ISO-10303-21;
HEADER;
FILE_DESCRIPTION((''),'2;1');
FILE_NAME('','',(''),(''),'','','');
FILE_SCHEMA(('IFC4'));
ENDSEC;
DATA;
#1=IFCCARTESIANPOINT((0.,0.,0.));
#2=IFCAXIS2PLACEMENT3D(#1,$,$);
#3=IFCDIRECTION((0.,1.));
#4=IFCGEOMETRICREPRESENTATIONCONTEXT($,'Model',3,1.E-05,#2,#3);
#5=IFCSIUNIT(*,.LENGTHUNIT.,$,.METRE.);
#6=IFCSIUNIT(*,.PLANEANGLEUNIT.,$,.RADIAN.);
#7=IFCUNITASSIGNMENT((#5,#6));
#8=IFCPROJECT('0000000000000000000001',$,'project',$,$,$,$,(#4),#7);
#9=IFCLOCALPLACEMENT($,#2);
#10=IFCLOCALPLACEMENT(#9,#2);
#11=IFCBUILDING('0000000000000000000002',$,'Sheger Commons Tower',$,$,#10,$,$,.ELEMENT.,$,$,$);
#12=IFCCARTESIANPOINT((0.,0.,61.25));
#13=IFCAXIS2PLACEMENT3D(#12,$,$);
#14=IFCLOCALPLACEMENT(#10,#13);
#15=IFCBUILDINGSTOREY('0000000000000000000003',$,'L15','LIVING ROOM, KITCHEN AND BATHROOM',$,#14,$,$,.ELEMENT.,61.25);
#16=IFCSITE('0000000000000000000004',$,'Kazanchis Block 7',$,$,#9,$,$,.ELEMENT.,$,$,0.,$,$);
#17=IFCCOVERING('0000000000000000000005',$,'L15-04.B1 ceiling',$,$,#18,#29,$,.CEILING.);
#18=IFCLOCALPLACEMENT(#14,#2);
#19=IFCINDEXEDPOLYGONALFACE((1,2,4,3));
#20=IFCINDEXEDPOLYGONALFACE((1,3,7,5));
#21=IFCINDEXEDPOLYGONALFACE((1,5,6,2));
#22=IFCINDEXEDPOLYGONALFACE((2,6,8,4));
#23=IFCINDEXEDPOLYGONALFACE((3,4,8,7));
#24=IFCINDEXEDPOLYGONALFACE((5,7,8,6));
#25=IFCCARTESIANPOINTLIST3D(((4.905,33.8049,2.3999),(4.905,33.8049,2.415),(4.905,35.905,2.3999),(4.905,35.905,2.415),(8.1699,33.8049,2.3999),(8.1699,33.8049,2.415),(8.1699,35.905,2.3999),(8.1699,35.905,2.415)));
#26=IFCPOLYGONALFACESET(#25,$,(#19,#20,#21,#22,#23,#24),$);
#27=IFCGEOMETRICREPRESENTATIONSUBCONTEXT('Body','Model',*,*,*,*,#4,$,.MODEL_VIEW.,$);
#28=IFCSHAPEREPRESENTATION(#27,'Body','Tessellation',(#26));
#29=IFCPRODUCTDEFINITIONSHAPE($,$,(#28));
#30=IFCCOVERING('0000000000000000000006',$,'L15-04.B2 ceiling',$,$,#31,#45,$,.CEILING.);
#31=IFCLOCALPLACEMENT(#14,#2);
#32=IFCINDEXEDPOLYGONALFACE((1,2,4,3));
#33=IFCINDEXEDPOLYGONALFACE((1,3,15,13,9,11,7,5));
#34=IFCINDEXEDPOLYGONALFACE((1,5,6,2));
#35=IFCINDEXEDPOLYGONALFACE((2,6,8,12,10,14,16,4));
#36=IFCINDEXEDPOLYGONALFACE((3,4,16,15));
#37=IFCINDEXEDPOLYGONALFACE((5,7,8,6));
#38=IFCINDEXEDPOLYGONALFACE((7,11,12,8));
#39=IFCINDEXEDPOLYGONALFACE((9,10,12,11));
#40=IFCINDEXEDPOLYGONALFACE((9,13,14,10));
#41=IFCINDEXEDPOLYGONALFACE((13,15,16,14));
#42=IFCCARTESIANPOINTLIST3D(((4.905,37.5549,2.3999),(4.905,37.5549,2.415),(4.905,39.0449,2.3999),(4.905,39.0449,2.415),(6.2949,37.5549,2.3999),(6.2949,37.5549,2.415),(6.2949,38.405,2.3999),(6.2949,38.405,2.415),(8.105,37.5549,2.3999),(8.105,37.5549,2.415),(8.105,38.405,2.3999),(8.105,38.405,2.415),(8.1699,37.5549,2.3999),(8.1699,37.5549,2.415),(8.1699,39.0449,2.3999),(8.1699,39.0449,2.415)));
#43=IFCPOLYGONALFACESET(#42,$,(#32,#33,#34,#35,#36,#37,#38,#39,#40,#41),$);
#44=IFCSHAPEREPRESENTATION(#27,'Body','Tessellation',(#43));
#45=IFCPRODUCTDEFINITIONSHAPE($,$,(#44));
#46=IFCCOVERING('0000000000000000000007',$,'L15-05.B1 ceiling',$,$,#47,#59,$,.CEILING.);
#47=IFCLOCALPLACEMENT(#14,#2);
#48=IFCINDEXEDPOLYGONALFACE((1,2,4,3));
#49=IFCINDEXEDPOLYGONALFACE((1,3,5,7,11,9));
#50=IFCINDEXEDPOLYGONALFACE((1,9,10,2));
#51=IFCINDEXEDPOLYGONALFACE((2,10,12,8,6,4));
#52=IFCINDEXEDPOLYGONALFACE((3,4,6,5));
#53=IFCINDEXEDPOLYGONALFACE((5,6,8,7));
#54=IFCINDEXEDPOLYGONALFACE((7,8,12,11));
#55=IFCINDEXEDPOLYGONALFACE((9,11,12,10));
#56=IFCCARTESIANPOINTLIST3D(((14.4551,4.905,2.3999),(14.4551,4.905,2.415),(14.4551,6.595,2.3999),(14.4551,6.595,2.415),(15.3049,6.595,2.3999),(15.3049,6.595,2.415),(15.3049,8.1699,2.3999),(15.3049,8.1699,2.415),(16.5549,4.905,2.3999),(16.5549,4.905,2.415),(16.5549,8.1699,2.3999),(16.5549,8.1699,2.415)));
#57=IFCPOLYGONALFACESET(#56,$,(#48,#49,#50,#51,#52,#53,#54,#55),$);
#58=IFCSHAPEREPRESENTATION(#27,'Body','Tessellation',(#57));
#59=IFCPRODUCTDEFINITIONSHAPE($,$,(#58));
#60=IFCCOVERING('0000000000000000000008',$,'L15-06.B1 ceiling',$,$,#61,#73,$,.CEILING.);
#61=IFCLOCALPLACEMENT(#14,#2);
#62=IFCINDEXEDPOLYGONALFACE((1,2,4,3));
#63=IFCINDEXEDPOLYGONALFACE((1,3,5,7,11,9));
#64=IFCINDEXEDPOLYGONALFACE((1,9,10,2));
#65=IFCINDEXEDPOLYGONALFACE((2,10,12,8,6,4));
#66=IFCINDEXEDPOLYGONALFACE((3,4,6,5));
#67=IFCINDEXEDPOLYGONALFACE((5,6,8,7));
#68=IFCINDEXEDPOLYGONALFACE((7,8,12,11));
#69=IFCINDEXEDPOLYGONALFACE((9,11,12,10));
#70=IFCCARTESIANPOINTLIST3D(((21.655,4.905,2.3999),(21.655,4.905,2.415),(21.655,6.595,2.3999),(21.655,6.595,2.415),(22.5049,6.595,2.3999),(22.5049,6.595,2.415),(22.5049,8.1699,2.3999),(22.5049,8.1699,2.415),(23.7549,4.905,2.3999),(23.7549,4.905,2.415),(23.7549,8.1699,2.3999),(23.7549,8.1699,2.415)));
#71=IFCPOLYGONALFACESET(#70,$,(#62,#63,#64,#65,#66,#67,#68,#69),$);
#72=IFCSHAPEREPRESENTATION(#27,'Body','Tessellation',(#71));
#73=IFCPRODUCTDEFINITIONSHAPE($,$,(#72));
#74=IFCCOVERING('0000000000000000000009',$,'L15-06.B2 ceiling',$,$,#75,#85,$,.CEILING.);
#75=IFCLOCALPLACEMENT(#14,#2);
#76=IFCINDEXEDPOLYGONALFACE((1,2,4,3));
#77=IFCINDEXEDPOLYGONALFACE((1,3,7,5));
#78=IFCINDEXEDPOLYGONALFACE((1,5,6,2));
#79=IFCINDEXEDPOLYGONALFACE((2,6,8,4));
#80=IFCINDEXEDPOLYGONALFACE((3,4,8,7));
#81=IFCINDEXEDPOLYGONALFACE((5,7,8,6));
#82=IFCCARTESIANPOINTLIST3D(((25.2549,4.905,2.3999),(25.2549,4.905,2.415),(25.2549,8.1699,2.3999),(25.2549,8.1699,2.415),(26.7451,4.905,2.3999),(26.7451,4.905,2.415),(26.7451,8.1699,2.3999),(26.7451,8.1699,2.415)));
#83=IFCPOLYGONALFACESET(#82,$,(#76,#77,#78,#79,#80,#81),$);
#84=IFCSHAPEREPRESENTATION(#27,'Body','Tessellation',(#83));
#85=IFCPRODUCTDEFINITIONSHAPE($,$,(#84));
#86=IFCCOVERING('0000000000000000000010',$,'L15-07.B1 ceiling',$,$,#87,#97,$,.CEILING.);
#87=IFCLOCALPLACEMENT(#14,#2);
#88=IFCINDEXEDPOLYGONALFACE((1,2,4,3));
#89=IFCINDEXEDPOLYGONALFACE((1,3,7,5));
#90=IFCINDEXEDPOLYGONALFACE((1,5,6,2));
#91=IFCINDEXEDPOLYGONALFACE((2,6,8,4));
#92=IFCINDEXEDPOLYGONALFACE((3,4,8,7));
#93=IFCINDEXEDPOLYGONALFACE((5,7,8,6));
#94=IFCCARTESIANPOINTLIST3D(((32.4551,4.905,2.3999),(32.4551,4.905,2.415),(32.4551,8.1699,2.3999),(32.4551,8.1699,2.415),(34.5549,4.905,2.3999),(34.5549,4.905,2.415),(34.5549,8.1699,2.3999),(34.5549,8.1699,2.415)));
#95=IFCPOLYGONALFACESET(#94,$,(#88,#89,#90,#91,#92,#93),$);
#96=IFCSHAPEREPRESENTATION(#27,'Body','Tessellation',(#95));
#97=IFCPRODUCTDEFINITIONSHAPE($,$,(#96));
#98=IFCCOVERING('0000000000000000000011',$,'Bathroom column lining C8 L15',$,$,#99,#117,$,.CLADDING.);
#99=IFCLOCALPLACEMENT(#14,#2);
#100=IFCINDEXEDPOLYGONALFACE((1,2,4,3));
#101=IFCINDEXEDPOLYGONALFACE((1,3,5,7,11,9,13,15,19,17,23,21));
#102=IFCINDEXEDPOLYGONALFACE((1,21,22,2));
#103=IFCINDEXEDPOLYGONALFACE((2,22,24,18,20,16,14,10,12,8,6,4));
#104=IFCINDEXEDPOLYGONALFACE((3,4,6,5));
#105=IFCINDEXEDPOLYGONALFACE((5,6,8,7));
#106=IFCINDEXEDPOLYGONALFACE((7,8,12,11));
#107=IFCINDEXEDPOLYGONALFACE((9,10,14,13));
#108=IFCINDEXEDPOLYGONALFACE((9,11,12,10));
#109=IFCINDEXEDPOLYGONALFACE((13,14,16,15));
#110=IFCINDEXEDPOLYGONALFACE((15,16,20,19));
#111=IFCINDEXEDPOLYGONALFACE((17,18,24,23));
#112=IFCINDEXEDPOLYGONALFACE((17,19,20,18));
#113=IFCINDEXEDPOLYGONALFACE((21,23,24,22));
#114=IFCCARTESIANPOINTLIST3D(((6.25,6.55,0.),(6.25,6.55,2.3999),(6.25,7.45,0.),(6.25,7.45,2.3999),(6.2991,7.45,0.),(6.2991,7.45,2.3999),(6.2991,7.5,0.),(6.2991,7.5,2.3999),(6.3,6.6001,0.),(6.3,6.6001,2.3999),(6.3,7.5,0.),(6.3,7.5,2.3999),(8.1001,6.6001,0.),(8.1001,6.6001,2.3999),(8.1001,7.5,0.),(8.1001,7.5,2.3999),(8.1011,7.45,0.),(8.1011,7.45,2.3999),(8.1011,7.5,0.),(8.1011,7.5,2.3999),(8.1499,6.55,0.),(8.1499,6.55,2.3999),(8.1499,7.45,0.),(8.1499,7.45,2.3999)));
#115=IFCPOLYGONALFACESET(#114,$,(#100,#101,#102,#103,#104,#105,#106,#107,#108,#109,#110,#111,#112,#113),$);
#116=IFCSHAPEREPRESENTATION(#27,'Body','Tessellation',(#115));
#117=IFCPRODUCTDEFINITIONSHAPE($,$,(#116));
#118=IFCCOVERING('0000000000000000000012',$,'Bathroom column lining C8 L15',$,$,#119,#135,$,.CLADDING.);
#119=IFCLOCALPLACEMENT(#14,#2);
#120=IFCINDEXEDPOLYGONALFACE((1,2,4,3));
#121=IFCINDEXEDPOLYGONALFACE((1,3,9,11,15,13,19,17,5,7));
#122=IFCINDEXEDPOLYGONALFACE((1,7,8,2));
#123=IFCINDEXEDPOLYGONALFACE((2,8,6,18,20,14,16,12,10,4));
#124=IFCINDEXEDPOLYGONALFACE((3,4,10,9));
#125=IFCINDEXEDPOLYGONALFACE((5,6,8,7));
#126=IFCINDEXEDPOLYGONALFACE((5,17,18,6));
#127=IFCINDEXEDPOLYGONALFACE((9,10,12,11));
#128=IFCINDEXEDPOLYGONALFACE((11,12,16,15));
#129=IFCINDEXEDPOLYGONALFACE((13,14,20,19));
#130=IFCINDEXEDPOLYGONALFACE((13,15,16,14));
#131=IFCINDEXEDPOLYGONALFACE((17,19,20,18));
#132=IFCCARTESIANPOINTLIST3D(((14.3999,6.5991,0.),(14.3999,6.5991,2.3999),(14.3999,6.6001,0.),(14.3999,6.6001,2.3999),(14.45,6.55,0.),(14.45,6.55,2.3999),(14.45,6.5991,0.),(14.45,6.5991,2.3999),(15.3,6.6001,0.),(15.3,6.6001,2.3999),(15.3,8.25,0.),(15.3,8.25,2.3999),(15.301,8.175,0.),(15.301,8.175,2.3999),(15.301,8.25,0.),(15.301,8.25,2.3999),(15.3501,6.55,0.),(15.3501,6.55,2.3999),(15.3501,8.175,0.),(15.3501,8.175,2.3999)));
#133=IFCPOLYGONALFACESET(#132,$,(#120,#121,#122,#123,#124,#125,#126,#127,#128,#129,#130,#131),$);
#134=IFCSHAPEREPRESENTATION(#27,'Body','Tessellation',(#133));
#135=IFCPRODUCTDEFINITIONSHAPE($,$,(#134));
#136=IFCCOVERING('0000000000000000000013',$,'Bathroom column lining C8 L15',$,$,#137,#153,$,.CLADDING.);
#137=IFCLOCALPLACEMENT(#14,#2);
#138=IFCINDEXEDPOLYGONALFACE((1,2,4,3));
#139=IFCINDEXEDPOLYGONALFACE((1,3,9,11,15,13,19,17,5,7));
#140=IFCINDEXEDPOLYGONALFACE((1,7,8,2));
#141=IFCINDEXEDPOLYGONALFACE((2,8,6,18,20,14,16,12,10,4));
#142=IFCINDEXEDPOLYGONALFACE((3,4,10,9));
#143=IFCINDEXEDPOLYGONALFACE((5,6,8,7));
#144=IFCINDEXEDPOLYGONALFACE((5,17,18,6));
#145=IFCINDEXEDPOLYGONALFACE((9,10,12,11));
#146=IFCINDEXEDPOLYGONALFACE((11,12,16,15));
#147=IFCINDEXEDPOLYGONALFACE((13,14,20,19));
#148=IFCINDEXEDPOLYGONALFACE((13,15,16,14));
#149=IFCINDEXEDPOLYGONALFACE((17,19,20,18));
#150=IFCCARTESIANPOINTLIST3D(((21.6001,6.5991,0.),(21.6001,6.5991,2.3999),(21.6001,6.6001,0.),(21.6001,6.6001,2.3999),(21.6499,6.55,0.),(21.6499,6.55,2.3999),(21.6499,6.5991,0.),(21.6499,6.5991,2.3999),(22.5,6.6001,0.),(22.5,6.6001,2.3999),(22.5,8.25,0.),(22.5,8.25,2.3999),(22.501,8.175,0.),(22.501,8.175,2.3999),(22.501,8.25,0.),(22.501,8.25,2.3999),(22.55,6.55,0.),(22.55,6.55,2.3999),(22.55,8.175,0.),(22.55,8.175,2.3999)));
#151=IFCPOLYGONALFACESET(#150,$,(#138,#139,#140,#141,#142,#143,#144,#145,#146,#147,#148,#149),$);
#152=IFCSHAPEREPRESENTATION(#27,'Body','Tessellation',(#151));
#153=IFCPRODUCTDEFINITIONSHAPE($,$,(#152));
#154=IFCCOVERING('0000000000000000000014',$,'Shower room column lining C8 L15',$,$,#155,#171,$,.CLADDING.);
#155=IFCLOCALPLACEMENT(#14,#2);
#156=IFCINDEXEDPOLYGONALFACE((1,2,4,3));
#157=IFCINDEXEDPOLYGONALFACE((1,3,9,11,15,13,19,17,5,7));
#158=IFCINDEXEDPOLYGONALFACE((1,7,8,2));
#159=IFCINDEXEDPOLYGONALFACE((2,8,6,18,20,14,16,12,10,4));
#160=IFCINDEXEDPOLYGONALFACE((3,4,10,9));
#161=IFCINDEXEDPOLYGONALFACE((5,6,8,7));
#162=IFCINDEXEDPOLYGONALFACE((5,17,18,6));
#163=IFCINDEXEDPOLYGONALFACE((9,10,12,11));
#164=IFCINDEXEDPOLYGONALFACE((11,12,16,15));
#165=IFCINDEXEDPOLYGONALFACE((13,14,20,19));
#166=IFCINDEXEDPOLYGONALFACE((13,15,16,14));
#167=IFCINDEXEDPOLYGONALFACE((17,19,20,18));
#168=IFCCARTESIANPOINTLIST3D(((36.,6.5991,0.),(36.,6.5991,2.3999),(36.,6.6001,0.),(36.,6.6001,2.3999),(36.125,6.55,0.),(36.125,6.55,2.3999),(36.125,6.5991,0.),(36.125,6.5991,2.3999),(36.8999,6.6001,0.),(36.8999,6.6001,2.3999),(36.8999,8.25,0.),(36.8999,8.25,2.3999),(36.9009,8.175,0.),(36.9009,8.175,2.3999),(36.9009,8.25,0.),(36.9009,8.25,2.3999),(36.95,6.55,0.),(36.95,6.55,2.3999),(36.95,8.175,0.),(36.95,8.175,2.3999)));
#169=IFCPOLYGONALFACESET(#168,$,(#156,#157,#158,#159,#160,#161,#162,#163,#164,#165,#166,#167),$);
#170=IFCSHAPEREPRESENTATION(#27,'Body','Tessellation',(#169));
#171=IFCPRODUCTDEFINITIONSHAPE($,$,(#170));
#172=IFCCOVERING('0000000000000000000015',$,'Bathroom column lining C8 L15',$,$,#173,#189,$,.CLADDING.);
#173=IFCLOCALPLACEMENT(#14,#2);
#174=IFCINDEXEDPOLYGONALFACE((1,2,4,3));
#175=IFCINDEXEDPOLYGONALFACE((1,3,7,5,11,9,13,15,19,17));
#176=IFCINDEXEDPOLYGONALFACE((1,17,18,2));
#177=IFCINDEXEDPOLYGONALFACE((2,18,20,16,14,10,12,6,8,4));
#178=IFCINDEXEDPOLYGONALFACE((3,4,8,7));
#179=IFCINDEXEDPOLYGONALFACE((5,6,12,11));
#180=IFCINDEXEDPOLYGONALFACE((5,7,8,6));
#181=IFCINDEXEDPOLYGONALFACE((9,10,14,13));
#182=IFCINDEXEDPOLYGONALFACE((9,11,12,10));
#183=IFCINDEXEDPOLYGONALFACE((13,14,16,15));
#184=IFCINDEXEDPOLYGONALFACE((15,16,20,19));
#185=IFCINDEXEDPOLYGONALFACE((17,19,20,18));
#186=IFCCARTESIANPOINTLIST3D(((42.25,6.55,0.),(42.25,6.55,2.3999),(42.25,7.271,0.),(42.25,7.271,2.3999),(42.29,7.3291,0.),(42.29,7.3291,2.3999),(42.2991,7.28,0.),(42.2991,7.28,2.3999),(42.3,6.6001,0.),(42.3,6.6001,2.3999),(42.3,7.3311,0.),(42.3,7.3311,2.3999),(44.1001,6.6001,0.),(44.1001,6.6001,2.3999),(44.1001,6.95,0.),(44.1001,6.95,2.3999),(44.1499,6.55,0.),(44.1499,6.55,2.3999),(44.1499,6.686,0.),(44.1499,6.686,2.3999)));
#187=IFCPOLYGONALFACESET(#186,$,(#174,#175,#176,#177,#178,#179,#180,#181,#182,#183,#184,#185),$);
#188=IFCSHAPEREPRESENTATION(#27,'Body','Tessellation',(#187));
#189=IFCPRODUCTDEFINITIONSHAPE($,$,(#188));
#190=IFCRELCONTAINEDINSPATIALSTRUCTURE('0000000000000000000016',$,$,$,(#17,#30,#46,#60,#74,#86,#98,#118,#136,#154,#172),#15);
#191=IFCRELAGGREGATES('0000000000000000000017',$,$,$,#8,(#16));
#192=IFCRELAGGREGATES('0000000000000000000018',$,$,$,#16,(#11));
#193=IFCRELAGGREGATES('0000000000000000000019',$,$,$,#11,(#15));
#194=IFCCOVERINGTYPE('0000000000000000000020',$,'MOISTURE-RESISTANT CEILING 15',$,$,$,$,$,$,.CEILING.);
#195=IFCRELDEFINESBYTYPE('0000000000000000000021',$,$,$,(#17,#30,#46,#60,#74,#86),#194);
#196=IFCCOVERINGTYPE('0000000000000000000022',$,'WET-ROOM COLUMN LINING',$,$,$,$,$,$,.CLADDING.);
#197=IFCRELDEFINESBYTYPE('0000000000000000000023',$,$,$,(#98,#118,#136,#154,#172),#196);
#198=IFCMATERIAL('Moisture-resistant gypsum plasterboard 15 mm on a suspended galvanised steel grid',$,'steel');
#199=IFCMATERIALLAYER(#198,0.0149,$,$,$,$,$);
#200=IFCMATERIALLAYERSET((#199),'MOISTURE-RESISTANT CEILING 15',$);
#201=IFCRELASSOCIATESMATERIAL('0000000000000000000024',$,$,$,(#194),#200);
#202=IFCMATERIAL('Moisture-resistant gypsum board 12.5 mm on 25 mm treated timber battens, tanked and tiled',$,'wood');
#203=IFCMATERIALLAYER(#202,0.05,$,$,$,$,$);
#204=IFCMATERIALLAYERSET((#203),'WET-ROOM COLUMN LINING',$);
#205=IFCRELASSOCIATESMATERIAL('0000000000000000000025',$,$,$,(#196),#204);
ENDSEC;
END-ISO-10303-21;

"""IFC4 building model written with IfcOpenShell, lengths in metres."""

from ifc_helpers import new_model, si_unit, direction, frame, origin, place, context, subcontext, project, spatial, polyline, outline, extrude, material, layer, layer_set, type_object, element, save


model = new_model("IFC4")

# Units and contexts
model_context = context("Model", 3, precision=1e-05, world=origin(), true_north=direction((0.0, 1.0)))
body_context = subcontext(model_context, "Body", "Model", "MODEL_VIEW")
ifc_project = project(units=[si_unit("LENGTHUNIT", "METRE"), si_unit("PLANEANGLEUNIT", "RADIAN")], contexts=[model_context])

# Site, building, storey
site_placement = place(None, origin())
site = spatial("IfcSite", under=ifc_project, at=site_placement, Name="Kazanchis Block 7", CompositionType="ELEMENT", RefElevation=0.0)
building_placement = place(site_placement, origin())
building = spatial("IfcBuilding", under=site, at=building_placement, Name="Sheger Commons Tower", CompositionType="ELEMENT")
storey_placement = place(building_placement, frame((0.0, 0.0, 61.25)))
storey = spatial("IfcBuildingStorey", under=building, at=storey_placement, Name="L15", Description="LIVING ROOM, KITCHEN AND BATHROOM", CompositionType="ELEMENT", Elevation=61.25)

# Coverings
ifc_material_1 = material(Name="Moisture-resistant gypsum plasterboard 15 mm on a suspended galvanised steel grid", Category="steel")
ifc_layer_1 = layer(ifc_material_1, 0.0149)
ifc_layer_set_1 = layer_set([ifc_layer_1], Name="MOISTURE-RESISTANT CEILING 15")
covering_type_1 = type_object("IfcCoveringType", Name="MOISTURE-RESISTANT CEILING 15", PredefinedType="CEILING", material=ifc_layer_set_1)
covering_1_placement = place(storey_placement, frame((0.0, 0.0, 2.3999)))
element("IfcCovering", 1, at=covering_1_placement, inside=storey, type_object=covering_type_1, Name="L15-04.B1 ceiling", PredefinedType="CEILING", context=body_context, shape_type="SweptSolid", body=[
    extrude(outline(polyline([(4.905, 33.8049), (8.1699, 33.8049), (8.1699, 35.905), (4.905, 35.905), (4.905, 33.8049)])), origin(), (0.0, 0.0, 1.0), 0.0151),
])
covering_2_placement = place(storey_placement, frame((0.0, 0.0, 2.3999)))
element("IfcCovering", 2, at=covering_2_placement, inside=storey, type_object=covering_type_1, Name="L15-04.B2 ceiling", PredefinedType="CEILING", context=body_context, shape_type="SweptSolid", body=[
    extrude(outline(polyline([(4.905, 37.5549), (6.2949, 37.5549), (6.2949, 38.405), (8.105, 38.405), (8.105, 37.5549), (8.1699, 37.5549), (8.1699, 39.0449), (4.905, 39.0449), (4.905, 37.5549)])), origin(), (0.0, 0.0, 1.0), 0.0151),
])
covering_3_placement = place(storey_placement, frame((0.0, 0.0, 2.3999)))
element("IfcCovering", 3, at=covering_3_placement, inside=storey, type_object=covering_type_1, Name="L15-05.B1 ceiling", PredefinedType="CEILING", context=body_context, shape_type="SweptSolid", body=[
    extrude(outline(polyline([(14.4551, 4.905), (16.5549, 4.905), (16.5549, 8.1699), (15.3049, 8.1699), (15.3049, 6.595), (14.4551, 6.595), (14.4551, 4.905)])), origin(), (0.0, 0.0, 1.0), 0.0151),
])
covering_4_placement = place(storey_placement, frame((0.0, 0.0, 2.3999)))
element("IfcCovering", 4, at=covering_4_placement, inside=storey, type_object=covering_type_1, Name="L15-06.B1 ceiling", PredefinedType="CEILING", context=body_context, shape_type="SweptSolid", body=[
    extrude(outline(polyline([(21.655, 4.905), (23.7549, 4.905), (23.7549, 8.1699), (22.5049, 8.1699), (22.5049, 6.595), (21.655, 6.595), (21.655, 4.905)])), origin(), (0.0, 0.0, 1.0), 0.0151),
])
covering_5_placement = place(storey_placement, frame((0.0, 0.0, 2.3999)))
element("IfcCovering", 5, at=covering_5_placement, inside=storey, type_object=covering_type_1, Name="L15-06.B2 ceiling", PredefinedType="CEILING", context=body_context, shape_type="SweptSolid", body=[
    extrude(outline(polyline([(25.2549, 4.905), (26.7451, 4.905), (26.7451, 8.1699), (25.2549, 8.1699), (25.2549, 4.905)])), origin(), (0.0, 0.0, 1.0), 0.0151),
])
covering_6_placement = place(storey_placement, frame((0.0, 0.0, 2.3999)))
element("IfcCovering", 6, at=covering_6_placement, inside=storey, type_object=covering_type_1, Name="L15-07.B1 ceiling", PredefinedType="CEILING", context=body_context, shape_type="SweptSolid", body=[
    extrude(outline(polyline([(32.4551, 4.905), (34.5549, 4.905), (34.5549, 8.1699), (32.4551, 8.1699), (32.4551, 4.905)])), origin(), (0.0, 0.0, 1.0), 0.0151),
])
ifc_material_2 = material(Name="Moisture-resistant gypsum board 12.5 mm on 25 mm treated timber battens, tanked and tiled", Category="wood")
ifc_layer_2 = layer(ifc_material_2, 0.05)
ifc_layer_set_2 = layer_set([ifc_layer_2], Name="WET-ROOM COLUMN LINING")
covering_type_2 = type_object("IfcCoveringType", Name="WET-ROOM COLUMN LINING", PredefinedType="CLADDING", material=ifc_layer_set_2)
covering_7_placement = place(storey_placement, origin())
element("IfcCovering", 7, at=covering_7_placement, inside=storey, type_object=covering_type_2, Name="Bathroom column lining C8 L15", PredefinedType="CLADDING", context=body_context, shape_type="SweptSolid", body=[
    extrude(outline(polyline([(6.3, 7.5), (6.3, 6.6001), (8.1001, 6.6001), (8.1001, 7.5), (8.1011, 7.5), (8.1011, 7.45), (8.1499, 7.45), (8.1499, 6.55), (6.25, 6.55), (6.25, 7.45), (6.2991, 7.45), (6.2991, 7.5), (6.3, 7.5)])), origin(), (0.0, 0.0, 1.0), 2.3999),
])
covering_8_placement = place(storey_placement, origin())
element("IfcCovering", 8, at=covering_8_placement, inside=storey, type_object=covering_type_2, Name="Bathroom column lining C8 L15", PredefinedType="CLADDING", context=body_context, shape_type="SweptSolid", body=[
    extrude(outline(polyline([(14.45, 6.55), (14.45, 6.5991), (14.3999, 6.5991), (14.3999, 6.6001), (15.3, 6.6001), (15.3, 8.25), (15.301, 8.25), (15.301, 8.175), (15.3501, 8.175), (15.3501, 6.55), (14.45, 6.55)])), origin(), (0.0, 0.0, 1.0), 2.3999),
])
covering_9_placement = place(storey_placement, origin())
element("IfcCovering", 9, at=covering_9_placement, inside=storey, type_object=covering_type_2, Name="Bathroom column lining C8 L15", PredefinedType="CLADDING", context=body_context, shape_type="SweptSolid", body=[
    extrude(outline(polyline([(21.6499, 6.55), (21.6499, 6.5991), (21.6001, 6.5991), (21.6001, 6.6001), (22.5, 6.6001), (22.5, 8.25), (22.501, 8.25), (22.501, 8.175), (22.55, 8.175), (22.55, 6.55), (21.6499, 6.55)])), origin(), (0.0, 0.0, 1.0), 2.3999),
])
covering_10_placement = place(storey_placement, origin())
element("IfcCovering", 10, at=covering_10_placement, inside=storey, type_object=covering_type_2, Name="Shower room column lining C8 L15", PredefinedType="CLADDING", context=body_context, shape_type="SweptSolid", body=[
    extrude(outline(polyline([(36.125, 6.55), (36.125, 6.5991), (36.0, 6.5991), (36.0, 6.6001), (36.8999, 6.6001), (36.8999, 8.25), (36.9009, 8.25), (36.9009, 8.175), (36.95, 8.175), (36.95, 6.55), (36.125, 6.55)])), origin(), (0.0, 0.0, 1.0), 2.3999),
])
covering_11_placement = place(storey_placement, origin())
element("IfcCovering", 11, at=covering_11_placement, inside=storey, type_object=covering_type_2, Name="Bathroom column lining C8 L15", PredefinedType="CLADDING", context=body_context, shape_type="SweptSolid", body=[
    extrude(outline(polyline([(42.3, 7.3311), (42.3, 6.6001), (44.1001, 6.6001), (44.1001, 6.95), (44.1499, 6.686), (44.1499, 6.55), (42.25, 6.55), (42.25, 7.271), (42.2991, 7.28), (42.29, 7.3291), (42.3, 7.3311)])), origin(), (0.0, 0.0, 1.0), 2.3999),
])

save(model, "model.ifc")
